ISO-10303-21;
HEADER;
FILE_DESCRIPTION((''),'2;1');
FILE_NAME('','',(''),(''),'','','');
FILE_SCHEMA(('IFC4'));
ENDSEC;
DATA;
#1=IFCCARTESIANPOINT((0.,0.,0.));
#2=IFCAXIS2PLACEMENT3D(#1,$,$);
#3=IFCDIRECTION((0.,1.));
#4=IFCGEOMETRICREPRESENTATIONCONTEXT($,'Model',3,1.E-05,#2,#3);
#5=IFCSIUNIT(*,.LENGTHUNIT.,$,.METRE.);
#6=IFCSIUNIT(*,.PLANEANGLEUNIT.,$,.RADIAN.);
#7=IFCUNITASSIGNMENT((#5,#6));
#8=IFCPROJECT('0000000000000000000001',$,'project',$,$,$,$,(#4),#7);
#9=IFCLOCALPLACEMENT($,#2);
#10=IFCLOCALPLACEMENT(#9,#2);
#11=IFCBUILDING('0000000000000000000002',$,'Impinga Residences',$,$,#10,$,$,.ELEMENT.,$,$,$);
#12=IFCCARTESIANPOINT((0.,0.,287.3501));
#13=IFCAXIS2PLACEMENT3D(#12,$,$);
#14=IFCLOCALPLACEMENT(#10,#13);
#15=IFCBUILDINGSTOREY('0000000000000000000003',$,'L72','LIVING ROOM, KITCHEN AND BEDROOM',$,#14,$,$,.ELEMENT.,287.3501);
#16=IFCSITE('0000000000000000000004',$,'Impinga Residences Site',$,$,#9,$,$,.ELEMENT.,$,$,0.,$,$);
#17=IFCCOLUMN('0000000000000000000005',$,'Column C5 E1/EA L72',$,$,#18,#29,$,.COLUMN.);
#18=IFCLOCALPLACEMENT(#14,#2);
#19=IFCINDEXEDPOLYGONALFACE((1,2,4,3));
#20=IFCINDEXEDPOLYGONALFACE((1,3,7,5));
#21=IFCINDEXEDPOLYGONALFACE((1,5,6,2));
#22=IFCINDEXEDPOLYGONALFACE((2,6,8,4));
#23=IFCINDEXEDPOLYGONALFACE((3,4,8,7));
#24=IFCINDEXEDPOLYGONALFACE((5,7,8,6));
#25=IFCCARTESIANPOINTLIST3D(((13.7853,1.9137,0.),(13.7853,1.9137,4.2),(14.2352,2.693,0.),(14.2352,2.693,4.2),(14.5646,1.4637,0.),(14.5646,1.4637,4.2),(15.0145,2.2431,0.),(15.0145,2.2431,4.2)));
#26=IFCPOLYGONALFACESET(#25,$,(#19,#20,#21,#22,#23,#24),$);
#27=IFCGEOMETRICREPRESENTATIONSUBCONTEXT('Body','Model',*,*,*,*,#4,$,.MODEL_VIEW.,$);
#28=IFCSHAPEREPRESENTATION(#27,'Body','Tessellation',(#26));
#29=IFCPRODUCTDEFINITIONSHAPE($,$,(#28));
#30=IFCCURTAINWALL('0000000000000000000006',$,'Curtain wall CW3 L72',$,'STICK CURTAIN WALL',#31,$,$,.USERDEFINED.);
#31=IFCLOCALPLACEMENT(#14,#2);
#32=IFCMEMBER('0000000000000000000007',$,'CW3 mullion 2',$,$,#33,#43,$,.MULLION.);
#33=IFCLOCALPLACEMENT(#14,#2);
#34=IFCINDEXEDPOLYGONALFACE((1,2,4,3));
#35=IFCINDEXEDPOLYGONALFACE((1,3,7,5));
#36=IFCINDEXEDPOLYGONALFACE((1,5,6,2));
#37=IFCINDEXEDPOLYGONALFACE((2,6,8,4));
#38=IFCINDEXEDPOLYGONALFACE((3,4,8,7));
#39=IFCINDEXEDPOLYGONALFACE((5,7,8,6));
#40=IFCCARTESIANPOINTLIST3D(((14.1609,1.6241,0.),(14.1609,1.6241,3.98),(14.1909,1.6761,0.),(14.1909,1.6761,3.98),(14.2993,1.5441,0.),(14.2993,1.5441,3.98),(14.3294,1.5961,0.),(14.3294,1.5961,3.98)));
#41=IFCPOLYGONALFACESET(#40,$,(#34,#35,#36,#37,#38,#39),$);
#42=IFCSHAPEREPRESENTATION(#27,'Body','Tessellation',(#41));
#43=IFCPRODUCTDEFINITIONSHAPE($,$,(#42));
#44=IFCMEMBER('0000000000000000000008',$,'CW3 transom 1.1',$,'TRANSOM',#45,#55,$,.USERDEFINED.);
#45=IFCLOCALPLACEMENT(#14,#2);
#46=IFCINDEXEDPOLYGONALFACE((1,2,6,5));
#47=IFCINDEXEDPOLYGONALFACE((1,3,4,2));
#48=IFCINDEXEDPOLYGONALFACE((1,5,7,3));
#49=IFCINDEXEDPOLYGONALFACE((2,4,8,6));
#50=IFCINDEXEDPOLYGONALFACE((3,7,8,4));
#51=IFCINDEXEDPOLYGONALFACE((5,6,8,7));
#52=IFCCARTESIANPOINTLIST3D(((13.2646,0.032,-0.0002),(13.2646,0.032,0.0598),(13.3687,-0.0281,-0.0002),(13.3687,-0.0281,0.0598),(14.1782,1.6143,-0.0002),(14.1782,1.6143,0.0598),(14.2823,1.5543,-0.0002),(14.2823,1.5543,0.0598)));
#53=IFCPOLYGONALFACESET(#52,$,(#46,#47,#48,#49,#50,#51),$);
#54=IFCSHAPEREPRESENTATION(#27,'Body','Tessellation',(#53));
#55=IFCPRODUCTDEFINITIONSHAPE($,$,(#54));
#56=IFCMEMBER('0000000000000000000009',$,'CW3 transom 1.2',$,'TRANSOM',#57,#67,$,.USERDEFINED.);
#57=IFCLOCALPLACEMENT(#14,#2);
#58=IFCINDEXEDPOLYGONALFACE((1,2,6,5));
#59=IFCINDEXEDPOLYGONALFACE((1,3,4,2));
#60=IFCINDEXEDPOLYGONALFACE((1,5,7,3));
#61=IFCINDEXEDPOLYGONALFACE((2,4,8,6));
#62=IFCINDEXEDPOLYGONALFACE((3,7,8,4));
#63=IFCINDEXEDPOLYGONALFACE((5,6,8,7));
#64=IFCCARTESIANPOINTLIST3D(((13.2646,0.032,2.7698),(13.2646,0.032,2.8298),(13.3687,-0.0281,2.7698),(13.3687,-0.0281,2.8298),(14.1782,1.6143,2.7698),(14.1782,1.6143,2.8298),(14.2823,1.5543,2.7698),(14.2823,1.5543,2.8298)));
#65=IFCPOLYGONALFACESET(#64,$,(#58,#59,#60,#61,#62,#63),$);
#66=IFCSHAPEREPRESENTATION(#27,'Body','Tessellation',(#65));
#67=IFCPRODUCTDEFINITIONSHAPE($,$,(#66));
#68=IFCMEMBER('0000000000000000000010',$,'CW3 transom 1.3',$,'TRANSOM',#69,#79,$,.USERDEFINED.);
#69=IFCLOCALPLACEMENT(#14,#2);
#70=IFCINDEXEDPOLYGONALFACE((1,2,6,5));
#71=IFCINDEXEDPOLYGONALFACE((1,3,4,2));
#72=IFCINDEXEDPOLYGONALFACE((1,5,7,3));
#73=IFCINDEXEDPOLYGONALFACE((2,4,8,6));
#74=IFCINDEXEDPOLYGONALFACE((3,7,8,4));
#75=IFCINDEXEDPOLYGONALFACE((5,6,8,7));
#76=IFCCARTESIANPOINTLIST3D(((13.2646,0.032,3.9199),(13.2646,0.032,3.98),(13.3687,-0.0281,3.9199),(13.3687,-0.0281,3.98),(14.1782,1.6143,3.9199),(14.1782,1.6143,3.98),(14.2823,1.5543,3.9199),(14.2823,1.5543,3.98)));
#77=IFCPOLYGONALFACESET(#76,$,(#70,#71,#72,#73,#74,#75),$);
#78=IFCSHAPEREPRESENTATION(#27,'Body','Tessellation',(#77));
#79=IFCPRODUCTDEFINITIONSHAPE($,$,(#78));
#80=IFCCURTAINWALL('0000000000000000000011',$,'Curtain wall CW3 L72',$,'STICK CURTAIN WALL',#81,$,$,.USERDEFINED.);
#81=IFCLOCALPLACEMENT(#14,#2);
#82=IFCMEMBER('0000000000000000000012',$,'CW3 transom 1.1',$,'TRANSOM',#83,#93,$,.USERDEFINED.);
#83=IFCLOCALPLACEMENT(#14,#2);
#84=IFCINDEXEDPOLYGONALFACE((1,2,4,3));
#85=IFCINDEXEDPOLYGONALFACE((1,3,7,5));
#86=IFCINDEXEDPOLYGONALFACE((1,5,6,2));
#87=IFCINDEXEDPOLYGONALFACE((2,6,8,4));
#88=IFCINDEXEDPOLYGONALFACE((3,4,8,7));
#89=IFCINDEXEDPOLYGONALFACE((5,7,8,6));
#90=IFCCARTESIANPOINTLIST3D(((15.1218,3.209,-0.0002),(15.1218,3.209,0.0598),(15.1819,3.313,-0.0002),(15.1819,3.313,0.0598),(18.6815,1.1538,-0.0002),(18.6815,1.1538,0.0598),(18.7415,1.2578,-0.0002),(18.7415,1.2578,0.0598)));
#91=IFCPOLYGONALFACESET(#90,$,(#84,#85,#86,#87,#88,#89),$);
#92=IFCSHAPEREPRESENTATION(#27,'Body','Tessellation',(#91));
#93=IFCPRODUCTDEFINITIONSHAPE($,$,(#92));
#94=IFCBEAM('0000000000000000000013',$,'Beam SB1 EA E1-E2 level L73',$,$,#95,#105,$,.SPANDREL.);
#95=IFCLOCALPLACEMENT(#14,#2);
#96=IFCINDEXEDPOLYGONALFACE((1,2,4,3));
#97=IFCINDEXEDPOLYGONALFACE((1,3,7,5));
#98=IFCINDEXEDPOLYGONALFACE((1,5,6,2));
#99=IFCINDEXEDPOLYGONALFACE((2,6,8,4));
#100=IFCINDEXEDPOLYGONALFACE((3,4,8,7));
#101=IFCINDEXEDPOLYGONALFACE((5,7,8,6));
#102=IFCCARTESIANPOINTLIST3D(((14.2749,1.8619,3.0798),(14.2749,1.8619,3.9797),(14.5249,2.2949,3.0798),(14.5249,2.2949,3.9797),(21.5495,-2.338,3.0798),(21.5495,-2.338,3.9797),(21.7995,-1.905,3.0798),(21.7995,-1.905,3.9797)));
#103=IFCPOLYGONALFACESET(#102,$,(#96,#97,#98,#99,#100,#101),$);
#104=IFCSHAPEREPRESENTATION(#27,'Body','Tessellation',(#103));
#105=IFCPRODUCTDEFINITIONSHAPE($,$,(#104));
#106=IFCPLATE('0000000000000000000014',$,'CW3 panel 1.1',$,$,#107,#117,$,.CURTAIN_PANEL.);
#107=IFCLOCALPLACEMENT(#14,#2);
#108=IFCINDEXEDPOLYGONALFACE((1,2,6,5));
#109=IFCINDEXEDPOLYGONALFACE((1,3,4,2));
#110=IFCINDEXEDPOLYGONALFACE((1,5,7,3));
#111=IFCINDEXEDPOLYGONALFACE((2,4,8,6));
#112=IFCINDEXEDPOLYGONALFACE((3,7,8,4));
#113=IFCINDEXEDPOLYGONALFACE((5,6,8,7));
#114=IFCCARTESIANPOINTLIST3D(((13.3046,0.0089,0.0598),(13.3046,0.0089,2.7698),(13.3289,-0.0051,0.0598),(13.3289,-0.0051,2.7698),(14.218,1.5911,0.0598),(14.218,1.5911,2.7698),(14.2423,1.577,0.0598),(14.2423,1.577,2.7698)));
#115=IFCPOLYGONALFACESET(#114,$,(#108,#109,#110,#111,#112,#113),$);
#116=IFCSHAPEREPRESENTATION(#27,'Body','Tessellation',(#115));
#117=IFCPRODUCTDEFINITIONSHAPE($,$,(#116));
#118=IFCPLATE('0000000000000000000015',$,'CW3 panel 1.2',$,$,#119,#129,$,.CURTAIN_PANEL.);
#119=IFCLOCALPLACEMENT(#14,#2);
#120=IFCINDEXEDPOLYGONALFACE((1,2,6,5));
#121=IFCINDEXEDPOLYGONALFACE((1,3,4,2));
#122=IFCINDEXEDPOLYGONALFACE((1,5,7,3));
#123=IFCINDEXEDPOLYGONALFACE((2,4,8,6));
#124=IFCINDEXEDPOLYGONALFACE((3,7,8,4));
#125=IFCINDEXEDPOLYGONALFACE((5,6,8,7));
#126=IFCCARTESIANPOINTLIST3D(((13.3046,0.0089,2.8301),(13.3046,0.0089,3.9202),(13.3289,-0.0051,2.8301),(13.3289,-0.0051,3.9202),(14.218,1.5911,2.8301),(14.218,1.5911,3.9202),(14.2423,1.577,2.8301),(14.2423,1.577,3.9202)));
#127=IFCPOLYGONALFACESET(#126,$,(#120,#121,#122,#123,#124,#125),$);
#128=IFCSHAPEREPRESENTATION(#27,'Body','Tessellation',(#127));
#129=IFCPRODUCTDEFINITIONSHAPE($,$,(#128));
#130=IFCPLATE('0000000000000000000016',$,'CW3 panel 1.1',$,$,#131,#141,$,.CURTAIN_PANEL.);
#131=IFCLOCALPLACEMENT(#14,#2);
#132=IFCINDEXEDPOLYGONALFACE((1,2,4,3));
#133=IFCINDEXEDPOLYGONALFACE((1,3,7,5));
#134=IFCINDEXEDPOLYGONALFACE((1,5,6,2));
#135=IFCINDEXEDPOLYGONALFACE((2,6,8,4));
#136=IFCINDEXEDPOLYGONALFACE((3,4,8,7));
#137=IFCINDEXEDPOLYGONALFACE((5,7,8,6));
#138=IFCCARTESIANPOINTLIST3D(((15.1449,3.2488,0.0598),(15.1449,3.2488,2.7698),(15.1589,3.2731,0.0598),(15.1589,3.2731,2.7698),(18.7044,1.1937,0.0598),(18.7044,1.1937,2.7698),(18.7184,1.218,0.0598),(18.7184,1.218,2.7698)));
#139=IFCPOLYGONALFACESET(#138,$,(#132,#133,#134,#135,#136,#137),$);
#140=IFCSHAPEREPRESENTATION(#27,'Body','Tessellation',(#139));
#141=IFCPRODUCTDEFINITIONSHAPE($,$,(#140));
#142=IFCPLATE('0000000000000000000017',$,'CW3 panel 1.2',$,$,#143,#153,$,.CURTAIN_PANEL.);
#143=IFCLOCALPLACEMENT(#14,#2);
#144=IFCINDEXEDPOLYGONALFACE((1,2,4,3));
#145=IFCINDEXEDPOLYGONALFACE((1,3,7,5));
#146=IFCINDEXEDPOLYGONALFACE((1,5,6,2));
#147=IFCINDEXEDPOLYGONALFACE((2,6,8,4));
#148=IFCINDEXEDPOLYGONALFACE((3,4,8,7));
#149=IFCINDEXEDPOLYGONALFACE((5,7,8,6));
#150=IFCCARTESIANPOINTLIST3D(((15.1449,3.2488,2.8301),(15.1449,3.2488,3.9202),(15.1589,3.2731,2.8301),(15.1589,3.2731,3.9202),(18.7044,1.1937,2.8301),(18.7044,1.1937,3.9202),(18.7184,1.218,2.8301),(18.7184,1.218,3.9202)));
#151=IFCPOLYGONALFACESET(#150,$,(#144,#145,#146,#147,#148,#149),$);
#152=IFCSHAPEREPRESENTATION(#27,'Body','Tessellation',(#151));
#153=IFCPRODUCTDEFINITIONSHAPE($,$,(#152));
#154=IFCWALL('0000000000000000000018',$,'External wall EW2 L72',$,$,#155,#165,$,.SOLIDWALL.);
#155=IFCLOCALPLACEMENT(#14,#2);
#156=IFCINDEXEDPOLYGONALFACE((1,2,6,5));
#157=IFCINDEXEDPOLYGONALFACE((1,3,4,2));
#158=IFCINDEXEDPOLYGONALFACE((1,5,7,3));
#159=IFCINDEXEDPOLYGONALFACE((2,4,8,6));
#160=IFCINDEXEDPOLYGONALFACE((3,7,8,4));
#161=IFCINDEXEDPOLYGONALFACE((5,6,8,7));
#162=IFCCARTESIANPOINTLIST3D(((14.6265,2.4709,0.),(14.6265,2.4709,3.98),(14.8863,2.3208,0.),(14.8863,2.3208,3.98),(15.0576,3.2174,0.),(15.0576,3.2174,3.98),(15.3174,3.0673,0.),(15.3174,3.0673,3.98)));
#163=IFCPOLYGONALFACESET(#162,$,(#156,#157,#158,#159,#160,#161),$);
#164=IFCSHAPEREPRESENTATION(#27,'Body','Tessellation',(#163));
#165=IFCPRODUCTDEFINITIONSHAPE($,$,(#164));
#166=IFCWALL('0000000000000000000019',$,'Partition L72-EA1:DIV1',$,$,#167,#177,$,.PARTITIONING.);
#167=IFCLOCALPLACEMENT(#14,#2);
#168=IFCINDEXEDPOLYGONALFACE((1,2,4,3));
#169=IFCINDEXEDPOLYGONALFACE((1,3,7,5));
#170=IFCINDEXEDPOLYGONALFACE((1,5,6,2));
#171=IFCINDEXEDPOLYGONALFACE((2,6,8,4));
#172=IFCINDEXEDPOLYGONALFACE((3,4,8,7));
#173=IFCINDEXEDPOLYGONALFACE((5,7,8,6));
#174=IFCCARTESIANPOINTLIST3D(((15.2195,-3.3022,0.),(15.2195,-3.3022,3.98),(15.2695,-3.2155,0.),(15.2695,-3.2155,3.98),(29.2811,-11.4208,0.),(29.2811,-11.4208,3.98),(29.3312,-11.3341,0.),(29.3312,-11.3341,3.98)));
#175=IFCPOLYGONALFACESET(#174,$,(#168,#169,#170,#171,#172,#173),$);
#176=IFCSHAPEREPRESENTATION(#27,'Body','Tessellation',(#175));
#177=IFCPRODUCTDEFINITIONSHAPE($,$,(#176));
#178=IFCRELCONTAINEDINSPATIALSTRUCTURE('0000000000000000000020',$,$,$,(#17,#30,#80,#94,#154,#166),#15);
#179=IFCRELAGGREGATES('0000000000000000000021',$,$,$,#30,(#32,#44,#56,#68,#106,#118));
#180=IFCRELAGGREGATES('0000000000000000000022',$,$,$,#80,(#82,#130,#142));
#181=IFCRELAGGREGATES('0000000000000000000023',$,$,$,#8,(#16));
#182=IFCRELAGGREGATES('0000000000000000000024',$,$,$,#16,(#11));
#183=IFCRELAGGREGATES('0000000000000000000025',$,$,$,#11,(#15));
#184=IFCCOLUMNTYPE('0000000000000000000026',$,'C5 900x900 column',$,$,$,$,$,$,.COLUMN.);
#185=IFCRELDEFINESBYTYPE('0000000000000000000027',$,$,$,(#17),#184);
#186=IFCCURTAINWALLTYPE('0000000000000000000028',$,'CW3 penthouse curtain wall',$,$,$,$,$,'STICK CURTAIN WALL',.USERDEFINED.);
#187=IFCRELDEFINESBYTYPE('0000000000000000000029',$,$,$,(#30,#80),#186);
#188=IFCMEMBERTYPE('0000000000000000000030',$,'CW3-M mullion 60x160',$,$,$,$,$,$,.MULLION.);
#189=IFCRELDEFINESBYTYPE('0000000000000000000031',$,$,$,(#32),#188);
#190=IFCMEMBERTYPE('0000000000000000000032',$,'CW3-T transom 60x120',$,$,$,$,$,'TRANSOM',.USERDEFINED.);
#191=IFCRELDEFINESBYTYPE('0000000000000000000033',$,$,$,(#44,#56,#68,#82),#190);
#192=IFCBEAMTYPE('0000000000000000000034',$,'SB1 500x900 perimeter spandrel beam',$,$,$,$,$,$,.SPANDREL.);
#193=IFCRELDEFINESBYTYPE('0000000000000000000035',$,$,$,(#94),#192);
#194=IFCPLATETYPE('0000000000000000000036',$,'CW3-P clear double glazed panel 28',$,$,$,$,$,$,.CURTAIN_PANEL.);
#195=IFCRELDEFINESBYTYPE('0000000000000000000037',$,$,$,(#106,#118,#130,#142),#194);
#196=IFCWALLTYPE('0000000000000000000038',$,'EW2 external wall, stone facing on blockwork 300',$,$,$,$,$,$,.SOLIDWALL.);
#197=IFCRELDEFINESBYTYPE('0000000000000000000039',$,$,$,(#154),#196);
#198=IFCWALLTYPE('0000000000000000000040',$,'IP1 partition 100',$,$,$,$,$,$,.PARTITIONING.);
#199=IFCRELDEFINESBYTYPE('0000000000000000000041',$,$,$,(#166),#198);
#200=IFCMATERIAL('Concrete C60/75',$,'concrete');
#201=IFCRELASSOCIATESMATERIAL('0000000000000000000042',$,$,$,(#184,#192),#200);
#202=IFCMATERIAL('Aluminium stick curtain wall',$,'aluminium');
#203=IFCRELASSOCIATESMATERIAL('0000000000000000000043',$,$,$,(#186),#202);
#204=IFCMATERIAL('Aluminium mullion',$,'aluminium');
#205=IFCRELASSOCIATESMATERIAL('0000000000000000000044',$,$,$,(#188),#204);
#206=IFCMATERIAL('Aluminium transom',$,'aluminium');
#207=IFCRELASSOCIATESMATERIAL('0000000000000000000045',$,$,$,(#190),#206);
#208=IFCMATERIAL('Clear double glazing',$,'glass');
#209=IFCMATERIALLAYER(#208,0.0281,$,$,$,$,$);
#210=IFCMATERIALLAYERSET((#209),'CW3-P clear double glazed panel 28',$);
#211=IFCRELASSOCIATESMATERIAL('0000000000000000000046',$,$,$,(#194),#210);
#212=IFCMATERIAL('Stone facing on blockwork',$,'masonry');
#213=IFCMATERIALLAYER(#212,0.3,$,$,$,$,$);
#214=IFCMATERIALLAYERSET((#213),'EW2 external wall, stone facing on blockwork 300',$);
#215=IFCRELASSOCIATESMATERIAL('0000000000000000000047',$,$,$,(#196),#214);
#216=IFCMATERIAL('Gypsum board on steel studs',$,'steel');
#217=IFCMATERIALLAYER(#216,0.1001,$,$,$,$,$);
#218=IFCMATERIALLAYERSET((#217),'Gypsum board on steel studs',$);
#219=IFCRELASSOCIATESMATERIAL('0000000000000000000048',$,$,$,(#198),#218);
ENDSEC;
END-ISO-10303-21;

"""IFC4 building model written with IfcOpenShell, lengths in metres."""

from ifc_helpers import new_model, si_unit, direction, frame, frame_2d, origin, origin_2d, place, context, subcontext, project, spatial, rectangle, extrude, material, layer, layer_set, material_profile, profile_set, type_object, element, aggregate, save


model = new_model("IFC4")

# Units and contexts
model_context = context("Model", 3, precision=1e-05, world=origin(), true_north=direction((0.0, 1.0)))
body_context = subcontext(model_context, "Body", "Model", "MODEL_VIEW")
ifc_project = project(units=[si_unit("LENGTHUNIT", "METRE"), si_unit("PLANEANGLEUNIT", "RADIAN")], contexts=[model_context])

# Site, building, storey
site_placement = place(None, origin())
site = spatial("IfcSite", under=ifc_project, at=site_placement, Name="Impinga Residences Site", CompositionType="ELEMENT", RefElevation=0.0)
building_placement = place(site_placement, origin())
building = spatial("IfcBuilding", under=site, at=building_placement, Name="Impinga Residences", CompositionType="ELEMENT")
storey_placement = place(building_placement, frame((0.0, 0.0, 287.3501)))
storey = spatial("IfcBuildingStorey", under=building, at=storey_placement, Name="L72", Description="LIVING ROOM, KITCHEN AND BEDROOM", CompositionType="ELEMENT", Elevation=287.3501)

# Column
ifc_material_1 = material(Name="Concrete C60/75", Category="concrete")
ifc_material_profile_1 = material_profile(ifc_material_1, rectangle(XDim=0.8999, YDim=0.8999, at=origin_2d()), Name="RC 900x900")
ifc_profile_set_1 = profile_set([ifc_material_profile_1], Name="Concrete C60/75")
column_type = type_object("IfcColumnType", Name="C5 900x900 column", PredefinedType="COLUMN", material=ifc_profile_set_1)
column_placement = place(storey_placement, frame((14.3999, 2.0784, 0.0), z_axis=(0.0, 0.0, 1.0), x_axis=(-0.5, -0.866025, 0.0)))
element("IfcColumn", 1, at=column_placement, inside=storey, type_object=column_type, Name="Column C5 E1/EA L72", PredefinedType="COLUMN", context=body_context, shape_type="SweptSolid", body=[
    extrude(rectangle(XDim=0.8999, YDim=0.8999, at=origin_2d()), origin(), (0.0, 0.0, 1.0), 4.2),
])

# Curtain wall, members
ifc_material_2 = material(Name="Aluminium stick curtain wall", Category="aluminium")
curtain_wall_type = type_object("IfcCurtainWallType", Name="CW3 penthouse curtain wall", ElementType="STICK CURTAIN WALL", PredefinedType="USERDEFINED", material=ifc_material_2)
curtain_wall_1_placement = place(storey_placement, origin())
curtain_wall_1 = element("IfcCurtainWall", 2, at=curtain_wall_1_placement, inside=storey, type_object=curtain_wall_type, Name="Curtain wall CW3 L72", ObjectType="STICK CURTAIN WALL", PredefinedType="USERDEFINED")
ifc_material_3 = material(Name="Aluminium mullion", Category="aluminium")
ifc_material_profile_2 = material_profile(ifc_material_3, rectangle(XDim=0.0601, YDim=0.1599, at=origin_2d()), Name="60x160 mullion")
ifc_profile_set_2 = profile_set([ifc_material_profile_2], Name="Aluminium mullion")
member_type_1 = type_object("IfcMemberType", Name="CW3-M mullion 60x160", PredefinedType="MULLION", material=ifc_profile_set_2)
member_1_placement = place(storey_placement, frame((14.2451, 1.6101, 0.0), z_axis=(0.0, 0.0, 1.0), x_axis=(0.5, 0.866025, 0.0)))
member_1 = element("IfcMember", 3, at=member_1_placement, type_object=member_type_1, Name="CW3 mullion 2", PredefinedType="MULLION", context=body_context, shape_type="SweptSolid", body=[
    extrude(rectangle(XDim=0.0601, YDim=0.1599, at=origin_2d()), origin(), (0.0, 0.0, 1.0), 3.98),
])
ifc_material_4 = material(Name="Aluminium transom", Category="aluminium")
ifc_material_profile_3 = material_profile(ifc_material_4, rectangle(XDim=0.0601, YDim=0.1201, at=origin_2d()), Name="60x120 transom")
ifc_profile_set_3 = profile_set([ifc_material_profile_3], Name="Aluminium transom")
member_type_2 = type_object("IfcMemberType", Name="CW3-T transom 60x120", ElementType="TRANSOM", PredefinedType="USERDEFINED", material=ifc_profile_set_3)
member_2_placement = place(storey_placement, frame((13.3167, 0.002, 0.0298), z_axis=(0.500019, 0.866014, 0.0), x_axis=(0.0, 0.0, 1.0)))
member_2 = element("IfcMember", 4, at=member_2_placement, type_object=member_type_2, Name="CW3 transom 1.1", ObjectType="TRANSOM", PredefinedType="USERDEFINED", context=body_context, shape_type="SweptSolid", body=[
    extrude(rectangle(XDim=0.0601, YDim=0.1201, at=origin_2d()), origin(), (0.0, 0.0, 1.0), 1.8271),
])
member_3_placement = place(storey_placement, frame((13.3167, 0.002, 2.7998), z_axis=(0.500019, 0.866014, 0.0), x_axis=(0.0, 0.0, 1.0)))
member_3 = element("IfcMember", 5, at=member_3_placement, type_object=member_type_2, Name="CW3 transom 1.2", ObjectType="TRANSOM", PredefinedType="USERDEFINED", context=body_context, shape_type="SweptSolid", body=[
    extrude(rectangle(XDim=0.0601, YDim=0.1201, at=origin_2d()), origin(), (0.0, 0.0, 1.0), 1.8271),
])
member_4_placement = place(storey_placement, frame((13.3167, 0.002, 3.95), z_axis=(0.500019, 0.866014, 0.0), x_axis=(0.0, 0.0, 1.0)))
member_4 = element("IfcMember", 6, at=member_4_placement, type_object=member_type_2, Name="CW3 transom 1.3", ObjectType="TRANSOM", PredefinedType="USERDEFINED", context=body_context, shape_type="SweptSolid", body=[
    extrude(rectangle(XDim=0.0601, YDim=0.1201, at=origin_2d()), origin(), (0.0, 0.0, 1.0), 1.8271),
])

# Curtain wall, member
curtain_wall_2_placement = place(storey_placement, origin())
curtain_wall_2 = element("IfcCurtainWall", 7, at=curtain_wall_2_placement, inside=storey, type_object=curtain_wall_type, Name="Curtain wall CW3 L72", ObjectType="STICK CURTAIN WALL", PredefinedType="USERDEFINED")
member_5_placement = place(storey_placement, frame((15.1519, 3.261, 0.0298), z_axis=(0.866019, -0.50001, 0.0), x_axis=(0.0, 0.0, 1.0)))
member_5 = element("IfcMember", 8, at=member_5_placement, type_object=member_type_2, Name="CW3 transom 1.1", ObjectType="TRANSOM", PredefinedType="USERDEFINED", context=body_context, shape_type="SweptSolid", body=[
    extrude(rectangle(XDim=0.0601, YDim=0.1201, at=origin_2d()), origin(), (0.0, 0.0, 1.0), 4.1104),
])

# Beam
ifc_material_profile_4 = material_profile(ifc_material_1, rectangle(XDim=0.5, YDim=0.8999, at=origin_2d()), Name="RC 500x900")
ifc_profile_set_4 = profile_set([ifc_material_profile_4], Name="Concrete C60/75")
beam_type = type_object("IfcBeamType", Name="SB1 500x900 perimeter spandrel beam", PredefinedType="SPANDREL", material=ifc_profile_set_4)
beam_placement = place(storey_placement, frame((14.3999, 2.0784, 3.5298), z_axis=(0.866029, -0.499993, 0.0), x_axis=(0.499993, 0.866029, 0.0)))
element("IfcBeam", 9, at=beam_placement, inside=storey, type_object=beam_type, Name="Beam SB1 EA E1-E2 level L73", PredefinedType="SPANDREL", context=body_context, shape_type="SweptSolid", body=[
    extrude(rectangle(XDim=0.5, YDim=0.8999, at=origin_2d()), origin(), (0.0, 0.0, 1.0), 8.3999),
])

# Plates
ifc_material_5 = material(Name="Clear double glazing", Category="glass")
ifc_layer_1 = layer(ifc_material_5, 0.0281)
ifc_layer_set_1 = layer_set([ifc_layer_1], Name="CW3-P clear double glazed panel 28")
plate_type = type_object("IfcPlateType", Name="CW3-P clear double glazed panel 28", PredefinedType="CURTAIN_PANEL", material=ifc_layer_set_1)
plate_1_placement = place(storey_placement, frame((13.7734, 0.793, 0.0598), z_axis=(0.0, 0.0, 1.0), x_axis=(0.5, 0.866025, 0.0)))
plate_1 = element("IfcPlate", 10, at=plate_1_placement, type_object=plate_type, Name="CW3 panel 1.1", PredefinedType="CURTAIN_PANEL", context=body_context, shape_type="SweptSolid", body=[
    extrude(rectangle(XDim=1.8269, YDim=0.0281, at=origin_2d()), origin(), (0.0, 0.0, 1.0), 2.71),
])
plate_2_placement = place(storey_placement, frame((13.7734, 0.793, 2.8301), z_axis=(0.0, 0.0, 1.0), x_axis=(0.5, 0.866025, 0.0)))
plate_2 = element("IfcPlate", 11, at=plate_2_placement, type_object=plate_type, Name="CW3 panel 1.2", PredefinedType="CURTAIN_PANEL", context=body_context, shape_type="SweptSolid", body=[
    extrude(rectangle(XDim=1.8269, YDim=0.0281, at=origin_2d()), origin(), (0.0, 0.0, 1.0), 1.0901),
])
aggregate(curtain_wall_1, [member_1, member_2, member_3, member_4, plate_1, plate_2])
plate_3_placement = place(storey_placement, frame((16.9316, 2.2334, 0.0598), z_axis=(0.0, 0.0, 1.0), x_axis=(0.866025, -0.5, 0.0)))
plate_3 = element("IfcPlate", 12, at=plate_3_placement, type_object=plate_type, Name="CW3 panel 1.1", PredefinedType="CURTAIN_PANEL", context=body_context, shape_type="SweptSolid", body=[
    extrude(rectangle(XDim=4.1101, YDim=0.0281, at=origin_2d()), origin(), (0.0, 0.0, 1.0), 2.71),
])
plate_4_placement = place(storey_placement, frame((16.9316, 2.2334, 2.8301), z_axis=(0.0, 0.0, 1.0), x_axis=(0.866025, -0.5, 0.0)))
plate_4 = element("IfcPlate", 13, at=plate_4_placement, type_object=plate_type, Name="CW3 panel 1.2", PredefinedType="CURTAIN_PANEL", context=body_context, shape_type="SweptSolid", body=[
    extrude(rectangle(XDim=4.1101, YDim=0.0281, at=origin_2d()), origin(), (0.0, 0.0, 1.0), 1.0901),
])
aggregate(curtain_wall_2, [member_5, plate_3, plate_4])

# Walls
ifc_material_6 = material(Name="Stone facing on blockwork", Category="masonry")
ifc_layer_2 = layer(ifc_material_6, 0.3)
ifc_layer_set_2 = layer_set([ifc_layer_2], Name="EW2 external wall, stone facing on blockwork 300")
wall_type_1 = type_object("IfcWallType", Name="EW2 external wall, stone facing on blockwork 300", PredefinedType="SOLIDWALL", material=ifc_layer_set_2)
wall_1_placement = place(storey_placement, frame((14.7563, 2.3958, 0.0), z_axis=(0.0, 0.0, 1.0), x_axis=(0.500098, 0.865969, 0.0)))
element("IfcWall", 14, at=wall_1_placement, inside=storey, type_object=wall_type_1, Name="External wall EW2 L72", PredefinedType="SOLIDWALL", context=body_context, shape_type="SweptSolid", body=[
    extrude(rectangle(XDim=0.8621, YDim=0.3, at=frame_2d((0.4312, 0.0))), origin(), (0.0, 0.0, 1.0), 3.98),
])
ifc_material_7 = material(Name="Gypsum board on steel studs", Category="steel")
ifc_layer_3 = layer(ifc_material_7, 0.1001)
ifc_layer_set_3 = layer_set([ifc_layer_3], Name="Gypsum board on steel studs")
wall_type_2 = type_object("IfcWallType", Name="IP1 partition 100", PredefinedType="PARTITIONING", material=ifc_layer_set_3)
wall_2_placement = place(storey_placement, frame((15.2444, -3.2588, 0.0), z_axis=(0.0, 0.0, 1.0), x_axis=(0.866023, -0.500004, 0.0)))
element("IfcWall", 15, at=wall_2_placement, inside=storey, type_object=wall_type_2, Name="Partition L72-EA1:DIV1", PredefinedType="PARTITIONING", context=body_context, shape_type="SweptSolid", body=[
    extrude(rectangle(XDim=16.2371, YDim=0.1001, at=frame_2d((8.1187, 0.0))), origin(), (0.0, 0.0, 1.0), 3.98),
])

save(model, "model.ifc")
